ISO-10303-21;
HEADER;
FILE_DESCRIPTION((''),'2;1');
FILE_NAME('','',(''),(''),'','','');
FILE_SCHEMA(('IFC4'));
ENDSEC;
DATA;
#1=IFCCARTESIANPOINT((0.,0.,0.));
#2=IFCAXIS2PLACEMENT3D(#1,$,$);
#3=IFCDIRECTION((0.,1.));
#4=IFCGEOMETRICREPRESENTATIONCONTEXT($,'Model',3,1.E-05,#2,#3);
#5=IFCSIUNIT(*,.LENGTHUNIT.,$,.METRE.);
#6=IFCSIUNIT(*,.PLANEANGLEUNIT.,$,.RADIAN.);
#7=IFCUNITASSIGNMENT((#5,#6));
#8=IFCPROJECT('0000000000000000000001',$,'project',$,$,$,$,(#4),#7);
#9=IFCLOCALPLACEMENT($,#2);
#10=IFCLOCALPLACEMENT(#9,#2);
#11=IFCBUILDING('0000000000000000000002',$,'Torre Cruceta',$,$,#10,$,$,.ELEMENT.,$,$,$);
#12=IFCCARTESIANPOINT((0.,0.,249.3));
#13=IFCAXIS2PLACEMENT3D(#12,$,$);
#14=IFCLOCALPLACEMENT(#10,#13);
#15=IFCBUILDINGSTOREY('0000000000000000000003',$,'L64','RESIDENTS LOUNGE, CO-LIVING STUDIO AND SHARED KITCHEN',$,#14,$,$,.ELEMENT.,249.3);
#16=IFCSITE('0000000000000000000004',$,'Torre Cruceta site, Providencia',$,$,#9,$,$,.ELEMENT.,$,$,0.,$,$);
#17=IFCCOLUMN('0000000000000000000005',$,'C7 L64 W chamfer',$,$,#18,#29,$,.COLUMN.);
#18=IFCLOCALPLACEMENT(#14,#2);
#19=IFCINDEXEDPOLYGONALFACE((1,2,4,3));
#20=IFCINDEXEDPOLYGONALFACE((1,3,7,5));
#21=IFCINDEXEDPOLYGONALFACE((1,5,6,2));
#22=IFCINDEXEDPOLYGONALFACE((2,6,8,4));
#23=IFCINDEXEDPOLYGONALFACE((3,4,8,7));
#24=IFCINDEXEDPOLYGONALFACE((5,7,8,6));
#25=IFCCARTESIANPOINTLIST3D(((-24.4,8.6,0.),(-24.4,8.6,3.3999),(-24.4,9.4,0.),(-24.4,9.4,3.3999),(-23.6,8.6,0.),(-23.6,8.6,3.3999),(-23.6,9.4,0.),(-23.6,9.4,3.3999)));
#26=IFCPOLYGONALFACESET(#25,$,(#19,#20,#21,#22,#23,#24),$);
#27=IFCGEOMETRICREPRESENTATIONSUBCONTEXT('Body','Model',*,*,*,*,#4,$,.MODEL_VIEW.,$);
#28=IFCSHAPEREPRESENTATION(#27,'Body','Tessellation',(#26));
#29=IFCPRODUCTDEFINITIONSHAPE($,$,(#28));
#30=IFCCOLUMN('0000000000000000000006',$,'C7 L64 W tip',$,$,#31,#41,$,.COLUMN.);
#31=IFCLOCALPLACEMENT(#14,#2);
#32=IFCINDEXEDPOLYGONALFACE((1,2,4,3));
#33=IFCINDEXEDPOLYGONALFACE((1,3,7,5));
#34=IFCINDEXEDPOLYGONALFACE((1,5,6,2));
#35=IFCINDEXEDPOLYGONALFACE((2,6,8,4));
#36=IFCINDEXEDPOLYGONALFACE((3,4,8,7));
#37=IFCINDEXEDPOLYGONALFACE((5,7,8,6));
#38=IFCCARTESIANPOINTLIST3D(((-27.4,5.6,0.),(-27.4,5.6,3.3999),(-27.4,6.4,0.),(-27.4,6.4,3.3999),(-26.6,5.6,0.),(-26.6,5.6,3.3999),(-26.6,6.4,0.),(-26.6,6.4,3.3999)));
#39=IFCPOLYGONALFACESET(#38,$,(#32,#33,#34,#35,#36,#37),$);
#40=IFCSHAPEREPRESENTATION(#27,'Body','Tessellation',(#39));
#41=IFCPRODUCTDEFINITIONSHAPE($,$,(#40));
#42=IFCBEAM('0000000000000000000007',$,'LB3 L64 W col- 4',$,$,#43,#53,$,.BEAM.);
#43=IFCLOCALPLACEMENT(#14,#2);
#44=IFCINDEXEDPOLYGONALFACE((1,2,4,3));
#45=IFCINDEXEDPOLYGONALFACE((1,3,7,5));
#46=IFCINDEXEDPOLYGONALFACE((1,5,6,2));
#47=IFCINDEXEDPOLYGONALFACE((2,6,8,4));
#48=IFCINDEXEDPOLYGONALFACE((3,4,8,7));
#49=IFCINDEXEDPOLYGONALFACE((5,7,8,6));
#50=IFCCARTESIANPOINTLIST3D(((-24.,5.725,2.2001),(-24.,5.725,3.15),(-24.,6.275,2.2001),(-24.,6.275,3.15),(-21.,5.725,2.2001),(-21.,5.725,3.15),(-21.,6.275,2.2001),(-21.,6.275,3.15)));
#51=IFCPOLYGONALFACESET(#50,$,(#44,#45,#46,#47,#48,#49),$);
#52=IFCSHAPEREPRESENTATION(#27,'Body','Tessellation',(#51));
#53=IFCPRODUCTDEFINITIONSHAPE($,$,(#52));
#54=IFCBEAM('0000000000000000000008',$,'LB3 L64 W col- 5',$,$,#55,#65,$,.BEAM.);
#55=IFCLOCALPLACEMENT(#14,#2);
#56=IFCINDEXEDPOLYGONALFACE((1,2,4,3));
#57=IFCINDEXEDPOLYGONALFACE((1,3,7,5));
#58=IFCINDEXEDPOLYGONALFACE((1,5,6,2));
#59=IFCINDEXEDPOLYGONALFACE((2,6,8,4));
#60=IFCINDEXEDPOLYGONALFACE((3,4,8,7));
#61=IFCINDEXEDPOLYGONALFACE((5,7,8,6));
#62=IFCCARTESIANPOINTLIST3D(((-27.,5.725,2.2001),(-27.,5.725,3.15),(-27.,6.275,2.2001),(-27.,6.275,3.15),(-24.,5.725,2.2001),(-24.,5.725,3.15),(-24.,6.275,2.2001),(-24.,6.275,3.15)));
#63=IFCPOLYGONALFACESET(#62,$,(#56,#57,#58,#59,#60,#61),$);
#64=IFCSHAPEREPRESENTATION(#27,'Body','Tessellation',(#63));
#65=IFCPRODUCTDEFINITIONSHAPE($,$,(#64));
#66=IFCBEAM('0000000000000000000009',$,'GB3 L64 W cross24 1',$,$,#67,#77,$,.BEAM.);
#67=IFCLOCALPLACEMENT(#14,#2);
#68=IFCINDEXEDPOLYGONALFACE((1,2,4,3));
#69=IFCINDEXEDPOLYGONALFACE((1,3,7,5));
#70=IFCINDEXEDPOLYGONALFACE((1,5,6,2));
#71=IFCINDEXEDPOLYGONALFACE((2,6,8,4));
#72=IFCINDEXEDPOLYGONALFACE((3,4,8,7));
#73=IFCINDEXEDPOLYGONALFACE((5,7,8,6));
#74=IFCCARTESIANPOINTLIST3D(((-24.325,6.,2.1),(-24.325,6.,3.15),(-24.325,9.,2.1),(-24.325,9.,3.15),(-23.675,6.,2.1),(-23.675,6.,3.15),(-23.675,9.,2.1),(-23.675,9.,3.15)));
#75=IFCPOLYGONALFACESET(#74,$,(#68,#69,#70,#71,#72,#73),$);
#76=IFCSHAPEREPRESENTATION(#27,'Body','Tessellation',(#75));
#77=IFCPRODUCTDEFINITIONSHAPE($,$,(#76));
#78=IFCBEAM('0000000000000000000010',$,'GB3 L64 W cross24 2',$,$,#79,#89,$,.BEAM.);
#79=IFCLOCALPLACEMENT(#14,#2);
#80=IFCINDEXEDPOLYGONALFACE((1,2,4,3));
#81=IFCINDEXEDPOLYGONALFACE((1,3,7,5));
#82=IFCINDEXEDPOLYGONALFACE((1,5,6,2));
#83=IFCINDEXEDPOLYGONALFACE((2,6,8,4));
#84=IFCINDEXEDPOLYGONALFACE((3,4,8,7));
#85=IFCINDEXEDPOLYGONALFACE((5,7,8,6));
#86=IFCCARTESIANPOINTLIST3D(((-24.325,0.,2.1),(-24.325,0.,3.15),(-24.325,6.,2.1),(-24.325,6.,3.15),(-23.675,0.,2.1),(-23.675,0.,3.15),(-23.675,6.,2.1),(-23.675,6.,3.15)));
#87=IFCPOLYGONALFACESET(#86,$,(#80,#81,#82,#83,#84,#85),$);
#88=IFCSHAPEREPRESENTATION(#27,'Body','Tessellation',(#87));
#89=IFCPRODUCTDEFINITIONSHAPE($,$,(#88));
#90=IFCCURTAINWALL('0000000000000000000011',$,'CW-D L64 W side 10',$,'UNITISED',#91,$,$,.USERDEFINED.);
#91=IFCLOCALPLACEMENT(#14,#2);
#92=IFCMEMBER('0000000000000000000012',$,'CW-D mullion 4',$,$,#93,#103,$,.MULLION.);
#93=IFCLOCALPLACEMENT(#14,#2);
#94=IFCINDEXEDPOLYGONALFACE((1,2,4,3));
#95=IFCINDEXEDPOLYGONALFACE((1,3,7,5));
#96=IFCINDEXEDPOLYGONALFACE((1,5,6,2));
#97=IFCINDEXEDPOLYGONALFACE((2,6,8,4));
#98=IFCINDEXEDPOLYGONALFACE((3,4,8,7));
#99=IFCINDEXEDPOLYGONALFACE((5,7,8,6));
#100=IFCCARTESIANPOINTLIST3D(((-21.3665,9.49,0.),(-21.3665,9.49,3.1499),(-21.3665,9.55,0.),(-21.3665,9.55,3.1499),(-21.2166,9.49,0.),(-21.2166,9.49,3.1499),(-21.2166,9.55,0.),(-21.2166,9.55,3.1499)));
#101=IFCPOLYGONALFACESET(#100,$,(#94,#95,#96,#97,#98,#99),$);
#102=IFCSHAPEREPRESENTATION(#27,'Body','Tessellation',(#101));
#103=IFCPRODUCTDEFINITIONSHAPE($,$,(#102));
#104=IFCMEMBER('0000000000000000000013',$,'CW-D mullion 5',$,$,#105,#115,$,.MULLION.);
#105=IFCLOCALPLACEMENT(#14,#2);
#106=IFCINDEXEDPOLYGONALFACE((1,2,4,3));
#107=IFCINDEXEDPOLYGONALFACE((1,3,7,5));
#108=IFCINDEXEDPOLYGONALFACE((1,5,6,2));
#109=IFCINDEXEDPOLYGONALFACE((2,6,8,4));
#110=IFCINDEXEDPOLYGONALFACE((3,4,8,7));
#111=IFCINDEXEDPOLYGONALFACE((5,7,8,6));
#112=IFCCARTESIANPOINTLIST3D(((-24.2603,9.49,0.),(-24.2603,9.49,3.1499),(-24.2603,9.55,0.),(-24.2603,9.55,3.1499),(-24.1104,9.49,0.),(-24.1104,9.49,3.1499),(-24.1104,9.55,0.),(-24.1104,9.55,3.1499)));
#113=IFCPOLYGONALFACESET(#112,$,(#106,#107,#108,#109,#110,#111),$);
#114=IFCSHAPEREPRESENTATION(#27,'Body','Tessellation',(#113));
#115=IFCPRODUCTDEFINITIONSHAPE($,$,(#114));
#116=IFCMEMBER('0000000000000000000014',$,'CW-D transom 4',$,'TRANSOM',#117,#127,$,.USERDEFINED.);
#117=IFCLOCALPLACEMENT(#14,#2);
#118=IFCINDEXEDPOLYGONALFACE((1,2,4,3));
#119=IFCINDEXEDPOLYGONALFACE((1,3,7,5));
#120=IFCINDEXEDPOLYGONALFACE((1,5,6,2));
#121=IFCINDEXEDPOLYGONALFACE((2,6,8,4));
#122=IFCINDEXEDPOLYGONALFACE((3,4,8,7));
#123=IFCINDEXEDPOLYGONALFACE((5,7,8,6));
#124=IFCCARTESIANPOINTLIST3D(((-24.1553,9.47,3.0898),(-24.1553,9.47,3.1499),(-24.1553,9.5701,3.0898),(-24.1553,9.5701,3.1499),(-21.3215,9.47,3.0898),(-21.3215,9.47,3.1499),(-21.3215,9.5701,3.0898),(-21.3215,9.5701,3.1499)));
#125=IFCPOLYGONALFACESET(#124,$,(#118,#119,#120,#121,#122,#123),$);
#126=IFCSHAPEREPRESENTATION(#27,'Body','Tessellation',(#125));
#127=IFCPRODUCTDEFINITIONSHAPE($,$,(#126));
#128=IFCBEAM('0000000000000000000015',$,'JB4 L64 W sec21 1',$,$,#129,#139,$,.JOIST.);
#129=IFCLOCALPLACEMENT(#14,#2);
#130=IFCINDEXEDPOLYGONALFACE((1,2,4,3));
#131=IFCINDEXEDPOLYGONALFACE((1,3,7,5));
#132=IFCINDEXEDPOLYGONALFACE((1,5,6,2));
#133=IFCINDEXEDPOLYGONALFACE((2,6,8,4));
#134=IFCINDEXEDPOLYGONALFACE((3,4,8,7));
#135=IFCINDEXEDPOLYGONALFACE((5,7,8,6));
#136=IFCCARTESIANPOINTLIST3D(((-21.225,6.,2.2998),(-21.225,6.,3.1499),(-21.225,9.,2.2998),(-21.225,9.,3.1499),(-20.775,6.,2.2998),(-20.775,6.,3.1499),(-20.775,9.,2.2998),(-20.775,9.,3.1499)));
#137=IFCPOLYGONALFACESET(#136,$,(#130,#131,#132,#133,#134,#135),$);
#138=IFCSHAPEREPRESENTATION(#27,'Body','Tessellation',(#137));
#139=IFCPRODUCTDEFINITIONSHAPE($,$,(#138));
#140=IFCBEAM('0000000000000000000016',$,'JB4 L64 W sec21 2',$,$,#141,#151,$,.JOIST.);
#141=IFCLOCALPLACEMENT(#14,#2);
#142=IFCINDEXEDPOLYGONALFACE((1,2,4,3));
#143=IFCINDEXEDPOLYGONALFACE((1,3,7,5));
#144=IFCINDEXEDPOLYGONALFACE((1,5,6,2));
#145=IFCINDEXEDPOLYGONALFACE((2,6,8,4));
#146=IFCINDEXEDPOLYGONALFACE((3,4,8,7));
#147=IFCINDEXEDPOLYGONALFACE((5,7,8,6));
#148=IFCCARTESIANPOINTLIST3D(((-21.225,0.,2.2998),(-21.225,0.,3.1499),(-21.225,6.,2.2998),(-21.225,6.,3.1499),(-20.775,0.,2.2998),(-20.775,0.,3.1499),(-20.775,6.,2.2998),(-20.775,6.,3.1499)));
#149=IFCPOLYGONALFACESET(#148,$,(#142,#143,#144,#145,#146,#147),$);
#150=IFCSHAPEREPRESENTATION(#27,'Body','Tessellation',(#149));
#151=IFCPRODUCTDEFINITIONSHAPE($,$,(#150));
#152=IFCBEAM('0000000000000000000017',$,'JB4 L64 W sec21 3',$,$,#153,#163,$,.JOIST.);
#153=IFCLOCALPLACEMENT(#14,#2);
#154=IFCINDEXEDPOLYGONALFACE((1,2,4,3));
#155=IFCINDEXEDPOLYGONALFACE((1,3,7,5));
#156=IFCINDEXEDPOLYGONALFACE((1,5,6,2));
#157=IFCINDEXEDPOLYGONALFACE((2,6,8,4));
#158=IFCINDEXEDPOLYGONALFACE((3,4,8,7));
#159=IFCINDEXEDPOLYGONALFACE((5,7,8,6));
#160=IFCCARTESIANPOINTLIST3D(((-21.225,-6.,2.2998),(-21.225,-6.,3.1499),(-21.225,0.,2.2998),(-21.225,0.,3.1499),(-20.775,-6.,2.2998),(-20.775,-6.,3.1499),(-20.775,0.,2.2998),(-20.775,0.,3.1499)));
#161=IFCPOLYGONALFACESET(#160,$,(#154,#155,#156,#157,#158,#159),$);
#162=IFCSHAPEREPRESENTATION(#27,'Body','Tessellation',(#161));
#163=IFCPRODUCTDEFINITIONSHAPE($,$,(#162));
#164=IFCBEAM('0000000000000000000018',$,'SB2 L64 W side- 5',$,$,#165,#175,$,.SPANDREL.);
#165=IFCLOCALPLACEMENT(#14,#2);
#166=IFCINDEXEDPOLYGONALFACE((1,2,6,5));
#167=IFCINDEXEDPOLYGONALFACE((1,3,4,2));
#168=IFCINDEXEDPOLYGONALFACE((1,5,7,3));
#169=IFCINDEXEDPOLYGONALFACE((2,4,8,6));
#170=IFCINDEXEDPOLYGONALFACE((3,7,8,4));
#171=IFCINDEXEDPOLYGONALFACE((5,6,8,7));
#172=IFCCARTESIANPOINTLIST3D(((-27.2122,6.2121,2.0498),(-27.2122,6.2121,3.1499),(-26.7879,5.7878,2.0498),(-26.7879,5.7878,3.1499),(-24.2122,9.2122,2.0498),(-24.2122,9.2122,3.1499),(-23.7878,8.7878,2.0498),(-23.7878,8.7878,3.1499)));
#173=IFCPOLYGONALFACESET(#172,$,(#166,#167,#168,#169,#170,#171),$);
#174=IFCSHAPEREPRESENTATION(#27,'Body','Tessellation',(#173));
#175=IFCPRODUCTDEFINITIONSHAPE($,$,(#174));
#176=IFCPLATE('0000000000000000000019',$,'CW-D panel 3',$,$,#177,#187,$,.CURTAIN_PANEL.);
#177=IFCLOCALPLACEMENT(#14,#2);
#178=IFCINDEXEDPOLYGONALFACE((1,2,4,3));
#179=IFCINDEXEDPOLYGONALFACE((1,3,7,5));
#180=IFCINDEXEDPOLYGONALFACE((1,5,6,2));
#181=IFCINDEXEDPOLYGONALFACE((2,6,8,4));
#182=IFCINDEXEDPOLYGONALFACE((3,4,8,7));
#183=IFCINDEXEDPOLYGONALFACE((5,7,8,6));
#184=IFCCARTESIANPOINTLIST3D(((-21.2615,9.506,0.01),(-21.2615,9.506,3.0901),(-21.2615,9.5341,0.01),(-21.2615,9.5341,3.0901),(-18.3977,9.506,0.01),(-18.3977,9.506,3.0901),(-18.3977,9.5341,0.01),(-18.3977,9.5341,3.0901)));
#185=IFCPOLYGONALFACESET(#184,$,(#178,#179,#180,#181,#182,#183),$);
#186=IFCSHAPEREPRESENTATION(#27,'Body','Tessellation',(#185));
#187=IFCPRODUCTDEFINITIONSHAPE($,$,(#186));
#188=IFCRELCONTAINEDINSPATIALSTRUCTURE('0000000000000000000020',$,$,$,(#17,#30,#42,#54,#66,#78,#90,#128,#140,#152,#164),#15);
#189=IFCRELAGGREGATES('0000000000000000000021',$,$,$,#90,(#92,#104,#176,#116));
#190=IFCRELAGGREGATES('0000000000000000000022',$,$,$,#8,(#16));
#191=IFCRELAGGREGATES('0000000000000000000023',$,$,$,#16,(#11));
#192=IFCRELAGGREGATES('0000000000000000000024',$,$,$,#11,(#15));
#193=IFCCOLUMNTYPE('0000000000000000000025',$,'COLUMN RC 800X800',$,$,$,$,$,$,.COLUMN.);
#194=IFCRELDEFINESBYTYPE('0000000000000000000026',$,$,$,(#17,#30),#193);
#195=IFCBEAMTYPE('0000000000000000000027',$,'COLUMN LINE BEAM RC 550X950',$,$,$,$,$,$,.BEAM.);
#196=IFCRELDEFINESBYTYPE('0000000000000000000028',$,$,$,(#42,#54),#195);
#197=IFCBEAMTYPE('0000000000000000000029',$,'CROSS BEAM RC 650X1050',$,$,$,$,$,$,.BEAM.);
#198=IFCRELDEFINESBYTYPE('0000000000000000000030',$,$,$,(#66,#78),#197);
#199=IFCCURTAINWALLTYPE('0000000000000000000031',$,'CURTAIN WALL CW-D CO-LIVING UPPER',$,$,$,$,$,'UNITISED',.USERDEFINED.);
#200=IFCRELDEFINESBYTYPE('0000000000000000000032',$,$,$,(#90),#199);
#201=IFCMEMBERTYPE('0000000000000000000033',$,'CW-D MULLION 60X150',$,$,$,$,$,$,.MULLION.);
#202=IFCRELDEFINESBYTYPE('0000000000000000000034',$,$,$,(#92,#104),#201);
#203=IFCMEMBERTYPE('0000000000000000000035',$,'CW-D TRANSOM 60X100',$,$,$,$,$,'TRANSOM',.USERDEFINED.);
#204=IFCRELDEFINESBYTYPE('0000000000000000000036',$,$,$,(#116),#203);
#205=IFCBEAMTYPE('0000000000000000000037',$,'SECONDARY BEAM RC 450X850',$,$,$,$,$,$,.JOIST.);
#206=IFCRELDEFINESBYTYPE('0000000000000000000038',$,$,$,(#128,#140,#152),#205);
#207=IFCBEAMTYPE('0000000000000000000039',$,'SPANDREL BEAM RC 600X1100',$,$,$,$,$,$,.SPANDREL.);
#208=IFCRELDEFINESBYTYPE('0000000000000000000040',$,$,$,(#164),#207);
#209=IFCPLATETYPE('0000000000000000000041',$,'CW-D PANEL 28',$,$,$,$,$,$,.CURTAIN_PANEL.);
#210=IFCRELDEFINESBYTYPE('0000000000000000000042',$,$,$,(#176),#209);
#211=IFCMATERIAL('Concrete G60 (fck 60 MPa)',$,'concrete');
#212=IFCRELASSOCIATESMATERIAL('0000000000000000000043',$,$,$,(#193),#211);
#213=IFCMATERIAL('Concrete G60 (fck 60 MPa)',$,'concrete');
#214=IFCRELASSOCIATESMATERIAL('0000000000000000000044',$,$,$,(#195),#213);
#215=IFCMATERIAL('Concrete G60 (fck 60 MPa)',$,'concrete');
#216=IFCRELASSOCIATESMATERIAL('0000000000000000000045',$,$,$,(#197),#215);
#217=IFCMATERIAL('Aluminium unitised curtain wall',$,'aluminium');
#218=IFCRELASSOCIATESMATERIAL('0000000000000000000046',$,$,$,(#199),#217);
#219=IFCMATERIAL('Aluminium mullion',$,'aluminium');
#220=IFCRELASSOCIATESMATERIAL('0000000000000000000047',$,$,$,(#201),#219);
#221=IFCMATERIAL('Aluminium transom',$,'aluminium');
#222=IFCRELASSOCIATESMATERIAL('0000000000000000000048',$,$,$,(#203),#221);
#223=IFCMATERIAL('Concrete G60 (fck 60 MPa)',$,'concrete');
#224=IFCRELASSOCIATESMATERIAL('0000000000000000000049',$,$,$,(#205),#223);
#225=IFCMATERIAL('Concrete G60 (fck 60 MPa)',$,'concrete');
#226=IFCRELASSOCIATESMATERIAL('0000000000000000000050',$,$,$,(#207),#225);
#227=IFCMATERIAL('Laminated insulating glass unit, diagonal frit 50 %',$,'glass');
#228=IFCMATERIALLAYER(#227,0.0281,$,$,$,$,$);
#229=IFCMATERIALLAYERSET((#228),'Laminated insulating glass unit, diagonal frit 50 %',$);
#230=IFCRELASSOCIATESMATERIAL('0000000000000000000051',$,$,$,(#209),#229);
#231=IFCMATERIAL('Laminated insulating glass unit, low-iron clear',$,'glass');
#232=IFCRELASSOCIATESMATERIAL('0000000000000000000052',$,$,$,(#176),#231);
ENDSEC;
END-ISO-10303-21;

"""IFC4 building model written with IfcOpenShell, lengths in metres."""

from ifc_helpers import new_model, si_unit, direction, frame, origin, origin_2d, place, context, subcontext, project, spatial, rectangle, extrude, material, layer, layer_set, material_profile, profile_set, type_object, element, aggregate, save


model = new_model("IFC4")

# Units and contexts
model_context = context("Model", 3, precision=1e-05, world=origin(), true_north=direction((0.0, 1.0)))
body_context = subcontext(model_context, "Body", "Model", "MODEL_VIEW")
ifc_project = project(units=[si_unit("LENGTHUNIT", "METRE"), si_unit("PLANEANGLEUNIT", "RADIAN")], contexts=[model_context])

# Site, building, storey
site_placement = place(None, origin())
site = spatial("IfcSite", under=ifc_project, at=site_placement, Name="Torre Cruceta site, Providencia", CompositionType="ELEMENT", RefElevation=0.0)
building_placement = place(site_placement, origin())
building = spatial("IfcBuilding", under=site, at=building_placement, Name="Torre Cruceta", CompositionType="ELEMENT")
storey_placement = place(building_placement, frame((0.0, 0.0, 249.3)))
storey = spatial("IfcBuildingStorey", under=building, at=storey_placement, Name="L64", Description="RESIDENTS LOUNGE, CO-LIVING STUDIO AND SHARED KITCHEN", CompositionType="ELEMENT", Elevation=249.3)

# Columns
ifc_material_1 = material(Name="Concrete G60 (fck 60 MPa)", Category="concrete")
ifc_material_profile_1 = material_profile(ifc_material_1, rectangle(XDim=0.8, YDim=0.8, at=origin_2d()), Name="RC 800X800")
ifc_profile_set_1 = profile_set([ifc_material_profile_1], Name="Concrete G60 (fck 60 MPa)")
column_type = type_object("IfcColumnType", Name="COLUMN RC 800X800", PredefinedType="COLUMN", material=ifc_profile_set_1)
for number, where, z_axis, x_axis, name in (
    (1, (-24.0, 9.0, 0.0), (0.0, 0.0, 1.0), (1.0, 0.0, 0.0), "C7 L64 W chamfer"),
    (2, (-27.0, 6.0, 0.0), (0.0, 0.0, 1.0), (1.0, 0.0, 0.0), "C7 L64 W tip"),
):
    element("IfcColumn", number, at=place(storey_placement, frame(where, z_axis=z_axis, x_axis=x_axis)), inside=storey, type_object=column_type, Name=name, PredefinedType="COLUMN", context=body_context, shape_type="SweptSolid", body=[
        extrude(rectangle(XDim=0.8, YDim=0.8, at=origin_2d()), origin(), (0.0, 0.0, 1.0), 3.3999),
    ])

# Beams
ifc_material_2 = material(Name="Concrete G60 (fck 60 MPa)", Category="concrete")
ifc_material_profile_2 = material_profile(ifc_material_2, rectangle(XDim=0.55, YDim=0.95, at=origin_2d()), Name="RC 550X950")
ifc_profile_set_2 = profile_set([ifc_material_profile_2], Name="Concrete G60 (fck 60 MPa)")
beam_type_1 = type_object("IfcBeamType", Name="COLUMN LINE BEAM RC 550X950", PredefinedType="BEAM", material=ifc_profile_set_2)
for number, where, z_axis, x_axis, name in (
    (3, (-21.0, 6.0, 2.675), (-1.0, 0.0, 0.0), (0.0, -1.0, 0.0), "LB3 L64 W col- 4"),
    (4, (-24.0, 6.0, 2.675), (-1.0, 0.0, 0.0), (0.0, -1.0, 0.0), "LB3 L64 W col- 5"),
):
    element("IfcBeam", number, at=place(storey_placement, frame(where, z_axis=z_axis, x_axis=x_axis)), inside=storey, type_object=beam_type_1, Name=name, PredefinedType="BEAM", context=body_context, shape_type="SweptSolid", body=[
        extrude(rectangle(XDim=0.55, YDim=0.95, at=origin_2d()), origin(), (0.0, 0.0, 1.0), 3.0),
    ])
ifc_material_3 = material(Name="Concrete G60 (fck 60 MPa)", Category="concrete")
ifc_material_profile_3 = material_profile(ifc_material_3, rectangle(XDim=0.6499, YDim=1.05, at=origin_2d()), Name="RC 650X1050")
ifc_profile_set_3 = profile_set([ifc_material_profile_3], Name="Concrete G60 (fck 60 MPa)")
beam_type_2 = type_object("IfcBeamType", Name="CROSS BEAM RC 650X1050", PredefinedType="BEAM", material=ifc_profile_set_3)
beam_1_placement = place(storey_placement, frame((-24.0, 9.0, 2.625), z_axis=(0.0, -1.0, 0.0), x_axis=(1.0, 0.0, 0.0)))
element("IfcBeam", 5, at=beam_1_placement, inside=storey, type_object=beam_type_2, Name="GB3 L64 W cross24 1", PredefinedType="BEAM", context=body_context, shape_type="SweptSolid", body=[
    extrude(rectangle(XDim=0.6499, YDim=1.05, at=origin_2d()), origin(), (0.0, 0.0, 1.0), 3.0),
])
beam_2_placement = place(storey_placement, frame((-24.0, 6.0, 2.625), z_axis=(0.0, -1.0, 0.0), x_axis=(1.0, 0.0, 0.0)))
element("IfcBeam", 6, at=beam_2_placement, inside=storey, type_object=beam_type_2, Name="GB3 L64 W cross24 2", PredefinedType="BEAM", context=body_context, shape_type="SweptSolid", body=[
    extrude(rectangle(XDim=0.6499, YDim=1.05, at=origin_2d()), origin(), (0.0, 0.0, 1.0), 6.0),
])

# Curtain wall, members
ifc_material_4 = material(Name="Aluminium unitised curtain wall", Category="aluminium")
curtain_wall_type = type_object("IfcCurtainWallType", Name="CURTAIN WALL CW-D CO-LIVING UPPER", ElementType="UNITISED", PredefinedType="USERDEFINED", material=ifc_material_4)
curtain_wall_placement = place(storey_placement, origin())
curtain_wall = element("IfcCurtainWall", 7, at=curtain_wall_placement, inside=storey, type_object=curtain_wall_type, Name="CW-D L64 W side 10", ObjectType="UNITISED", PredefinedType="USERDEFINED")
ifc_material_5 = material(Name="Aluminium mullion", Category="aluminium")
ifc_material_profile_4 = material_profile(ifc_material_5, rectangle(XDim=0.0601, YDim=0.1499, at=origin_2d()), Name="AL 60X150")
ifc_profile_set_4 = profile_set([ifc_material_profile_4], Name="Aluminium mullion")
member_type_1 = type_object("IfcMemberType", Name="CW-D MULLION 60X150", PredefinedType="MULLION", material=ifc_profile_set_4)
member_1_placement = place(storey_placement, frame((-21.2915, 9.52, 0.0), z_axis=(0.0, 0.0, 1.0), x_axis=(0.0, -1.0, 0.0)))
member_1 = element("IfcMember", 8, at=member_1_placement, type_object=member_type_1, Name="CW-D mullion 4", PredefinedType="MULLION", context=body_context, shape_type="SweptSolid", body=[
    extrude(rectangle(XDim=0.0601, YDim=0.1499, at=origin_2d()), origin(), (0.0, 0.0, 1.0), 3.1499),
])
member_2_placement = place(storey_placement, frame((-24.1853, 9.52, 0.0), z_axis=(0.0, 0.0, 1.0), x_axis=(0.0, -1.0, 0.0)))
member_2 = element("IfcMember", 9, at=member_2_placement, type_object=member_type_1, Name="CW-D mullion 5", PredefinedType="MULLION", context=body_context, shape_type="SweptSolid", body=[
    extrude(rectangle(XDim=0.0601, YDim=0.1499, at=origin_2d()), origin(), (0.0, 0.0, 1.0), 3.1499),
])
ifc_material_6 = material(Name="Aluminium transom", Category="aluminium")
ifc_material_profile_5 = material_profile(ifc_material_6, rectangle(XDim=0.1001, YDim=0.0601, at=origin_2d()), Name="AL 100X60")
ifc_profile_set_5 = profile_set([ifc_material_profile_5], Name="Aluminium transom")
member_type_2 = type_object("IfcMemberType", Name="CW-D TRANSOM 60X100", ElementType="TRANSOM", PredefinedType="USERDEFINED", material=ifc_profile_set_5)
member_3_placement = place(storey_placement, frame((-21.3215, 9.52, 3.1199), z_axis=(-1.0, 0.0, 0.0), x_axis=(0.0, -1.0, 0.0)))
member_3 = element("IfcMember", 10, at=member_3_placement, type_object=member_type_2, Name="CW-D transom 4", ObjectType="TRANSOM", PredefinedType="USERDEFINED", context=body_context, shape_type="SweptSolid", body=[
    extrude(rectangle(XDim=0.1001, YDim=0.0601, at=origin_2d()), origin(), (0.0, 0.0, 1.0), 2.8337),
])

# Beams
ifc_material_7 = material(Name="Concrete G60 (fck 60 MPa)", Category="concrete")
ifc_material_profile_6 = material_profile(ifc_material_7, rectangle(XDim=0.45, YDim=0.8501, at=origin_2d()), Name="RC 450X850")
ifc_profile_set_6 = profile_set([ifc_material_profile_6], Name="Concrete G60 (fck 60 MPa)")
beam_type_3 = type_object("IfcBeamType", Name="SECONDARY BEAM RC 450X850", PredefinedType="JOIST", material=ifc_profile_set_6)
beam_3_placement = place(storey_placement, frame((-21.0, 9.0, 2.7249), z_axis=(0.0, -1.0, 0.0), x_axis=(1.0, 0.0, 0.0)))
element("IfcBeam", 11, at=beam_3_placement, inside=storey, type_object=beam_type_3, Name="JB4 L64 W sec21 1", PredefinedType="JOIST", context=body_context, shape_type="SweptSolid", body=[
    extrude(rectangle(XDim=0.45, YDim=0.8501, at=origin_2d()), origin(), (0.0, 0.0, 1.0), 3.0),
])
for number, where, z_axis, x_axis, name in (
    (12, (-21.0, 6.0, 2.7249), (0.0, -1.0, 0.0), (1.0, 0.0, 0.0), "JB4 L64 W sec21 2"),
    (13, (-21.0, 0.0, 2.7249), (0.0, -1.0, 0.0), (1.0, 0.0, 0.0), "JB4 L64 W sec21 3"),
):
    element("IfcBeam", number, at=place(storey_placement, frame(where, z_axis=z_axis, x_axis=x_axis)), inside=storey, type_object=beam_type_3, Name=name, PredefinedType="JOIST", context=body_context, shape_type="SweptSolid", body=[
        extrude(rectangle(XDim=0.45, YDim=0.8501, at=origin_2d()), origin(), (0.0, 0.0, 1.0), 6.0),
    ])
ifc_material_8 = material(Name="Concrete G60 (fck 60 MPa)", Category="concrete")
ifc_material_profile_7 = material_profile(ifc_material_8, rectangle(XDim=0.6001, YDim=1.1001, at=origin_2d()), Name="RC 600X1100")
ifc_profile_set_7 = profile_set([ifc_material_profile_7], Name="Concrete G60 (fck 60 MPa)")
beam_type_4 = type_object("IfcBeamType", Name="SPANDREL BEAM RC 600X1100", PredefinedType="SPANDREL", material=ifc_profile_set_7)
beam_4_placement = place(storey_placement, frame((-24.0, 9.0, 2.5999), z_axis=(-0.707107, -0.707107, 0.0), x_axis=(0.707107, -0.707107, 0.0)))
element("IfcBeam", 14, at=beam_4_placement, inside=storey, type_object=beam_type_4, Name="SB2 L64 W side- 5", PredefinedType="SPANDREL", context=body_context, shape_type="SweptSolid", body=[
    extrude(rectangle(XDim=0.6001, YDim=1.1001, at=origin_2d()), origin(), (0.0, 0.0, 1.0), 4.2427),
])

# Plate
ifc_material_9 = material(Name="Laminated insulating glass unit, low-iron clear", Category="glass")
ifc_material_10 = material(Name="Laminated insulating glass unit, diagonal frit 50 %", Category="glass")
ifc_layer_1 = layer(ifc_material_10, 0.0281)
ifc_layer_set_1 = layer_set([ifc_layer_1], Name="Laminated insulating glass unit, diagonal frit 50 %")
plate_type = type_object("IfcPlateType", Name="CW-D PANEL 28", PredefinedType="CURTAIN_PANEL", material=ifc_layer_set_1)
plate_1_placement = place(storey_placement, frame((-19.8296, 9.52, 0.01), z_axis=(0.0, 0.0, 1.0), x_axis=(-1.0, 0.0, 0.0)))
plate_1 = element("IfcPlate", 15, at=plate_1_placement, type_object=plate_type, material=ifc_material_9, Name="CW-D panel 3", PredefinedType="CURTAIN_PANEL", context=body_context, shape_type="SweptSolid", body=[
    extrude(rectangle(XDim=2.8638, YDim=0.0281, at=origin_2d()), origin(), (0.0, 0.0, 1.0), 3.0801),
])
aggregate(curtain_wall, [member_1, member_2, plate_1, member_3])

save(model, "model.ifc")
